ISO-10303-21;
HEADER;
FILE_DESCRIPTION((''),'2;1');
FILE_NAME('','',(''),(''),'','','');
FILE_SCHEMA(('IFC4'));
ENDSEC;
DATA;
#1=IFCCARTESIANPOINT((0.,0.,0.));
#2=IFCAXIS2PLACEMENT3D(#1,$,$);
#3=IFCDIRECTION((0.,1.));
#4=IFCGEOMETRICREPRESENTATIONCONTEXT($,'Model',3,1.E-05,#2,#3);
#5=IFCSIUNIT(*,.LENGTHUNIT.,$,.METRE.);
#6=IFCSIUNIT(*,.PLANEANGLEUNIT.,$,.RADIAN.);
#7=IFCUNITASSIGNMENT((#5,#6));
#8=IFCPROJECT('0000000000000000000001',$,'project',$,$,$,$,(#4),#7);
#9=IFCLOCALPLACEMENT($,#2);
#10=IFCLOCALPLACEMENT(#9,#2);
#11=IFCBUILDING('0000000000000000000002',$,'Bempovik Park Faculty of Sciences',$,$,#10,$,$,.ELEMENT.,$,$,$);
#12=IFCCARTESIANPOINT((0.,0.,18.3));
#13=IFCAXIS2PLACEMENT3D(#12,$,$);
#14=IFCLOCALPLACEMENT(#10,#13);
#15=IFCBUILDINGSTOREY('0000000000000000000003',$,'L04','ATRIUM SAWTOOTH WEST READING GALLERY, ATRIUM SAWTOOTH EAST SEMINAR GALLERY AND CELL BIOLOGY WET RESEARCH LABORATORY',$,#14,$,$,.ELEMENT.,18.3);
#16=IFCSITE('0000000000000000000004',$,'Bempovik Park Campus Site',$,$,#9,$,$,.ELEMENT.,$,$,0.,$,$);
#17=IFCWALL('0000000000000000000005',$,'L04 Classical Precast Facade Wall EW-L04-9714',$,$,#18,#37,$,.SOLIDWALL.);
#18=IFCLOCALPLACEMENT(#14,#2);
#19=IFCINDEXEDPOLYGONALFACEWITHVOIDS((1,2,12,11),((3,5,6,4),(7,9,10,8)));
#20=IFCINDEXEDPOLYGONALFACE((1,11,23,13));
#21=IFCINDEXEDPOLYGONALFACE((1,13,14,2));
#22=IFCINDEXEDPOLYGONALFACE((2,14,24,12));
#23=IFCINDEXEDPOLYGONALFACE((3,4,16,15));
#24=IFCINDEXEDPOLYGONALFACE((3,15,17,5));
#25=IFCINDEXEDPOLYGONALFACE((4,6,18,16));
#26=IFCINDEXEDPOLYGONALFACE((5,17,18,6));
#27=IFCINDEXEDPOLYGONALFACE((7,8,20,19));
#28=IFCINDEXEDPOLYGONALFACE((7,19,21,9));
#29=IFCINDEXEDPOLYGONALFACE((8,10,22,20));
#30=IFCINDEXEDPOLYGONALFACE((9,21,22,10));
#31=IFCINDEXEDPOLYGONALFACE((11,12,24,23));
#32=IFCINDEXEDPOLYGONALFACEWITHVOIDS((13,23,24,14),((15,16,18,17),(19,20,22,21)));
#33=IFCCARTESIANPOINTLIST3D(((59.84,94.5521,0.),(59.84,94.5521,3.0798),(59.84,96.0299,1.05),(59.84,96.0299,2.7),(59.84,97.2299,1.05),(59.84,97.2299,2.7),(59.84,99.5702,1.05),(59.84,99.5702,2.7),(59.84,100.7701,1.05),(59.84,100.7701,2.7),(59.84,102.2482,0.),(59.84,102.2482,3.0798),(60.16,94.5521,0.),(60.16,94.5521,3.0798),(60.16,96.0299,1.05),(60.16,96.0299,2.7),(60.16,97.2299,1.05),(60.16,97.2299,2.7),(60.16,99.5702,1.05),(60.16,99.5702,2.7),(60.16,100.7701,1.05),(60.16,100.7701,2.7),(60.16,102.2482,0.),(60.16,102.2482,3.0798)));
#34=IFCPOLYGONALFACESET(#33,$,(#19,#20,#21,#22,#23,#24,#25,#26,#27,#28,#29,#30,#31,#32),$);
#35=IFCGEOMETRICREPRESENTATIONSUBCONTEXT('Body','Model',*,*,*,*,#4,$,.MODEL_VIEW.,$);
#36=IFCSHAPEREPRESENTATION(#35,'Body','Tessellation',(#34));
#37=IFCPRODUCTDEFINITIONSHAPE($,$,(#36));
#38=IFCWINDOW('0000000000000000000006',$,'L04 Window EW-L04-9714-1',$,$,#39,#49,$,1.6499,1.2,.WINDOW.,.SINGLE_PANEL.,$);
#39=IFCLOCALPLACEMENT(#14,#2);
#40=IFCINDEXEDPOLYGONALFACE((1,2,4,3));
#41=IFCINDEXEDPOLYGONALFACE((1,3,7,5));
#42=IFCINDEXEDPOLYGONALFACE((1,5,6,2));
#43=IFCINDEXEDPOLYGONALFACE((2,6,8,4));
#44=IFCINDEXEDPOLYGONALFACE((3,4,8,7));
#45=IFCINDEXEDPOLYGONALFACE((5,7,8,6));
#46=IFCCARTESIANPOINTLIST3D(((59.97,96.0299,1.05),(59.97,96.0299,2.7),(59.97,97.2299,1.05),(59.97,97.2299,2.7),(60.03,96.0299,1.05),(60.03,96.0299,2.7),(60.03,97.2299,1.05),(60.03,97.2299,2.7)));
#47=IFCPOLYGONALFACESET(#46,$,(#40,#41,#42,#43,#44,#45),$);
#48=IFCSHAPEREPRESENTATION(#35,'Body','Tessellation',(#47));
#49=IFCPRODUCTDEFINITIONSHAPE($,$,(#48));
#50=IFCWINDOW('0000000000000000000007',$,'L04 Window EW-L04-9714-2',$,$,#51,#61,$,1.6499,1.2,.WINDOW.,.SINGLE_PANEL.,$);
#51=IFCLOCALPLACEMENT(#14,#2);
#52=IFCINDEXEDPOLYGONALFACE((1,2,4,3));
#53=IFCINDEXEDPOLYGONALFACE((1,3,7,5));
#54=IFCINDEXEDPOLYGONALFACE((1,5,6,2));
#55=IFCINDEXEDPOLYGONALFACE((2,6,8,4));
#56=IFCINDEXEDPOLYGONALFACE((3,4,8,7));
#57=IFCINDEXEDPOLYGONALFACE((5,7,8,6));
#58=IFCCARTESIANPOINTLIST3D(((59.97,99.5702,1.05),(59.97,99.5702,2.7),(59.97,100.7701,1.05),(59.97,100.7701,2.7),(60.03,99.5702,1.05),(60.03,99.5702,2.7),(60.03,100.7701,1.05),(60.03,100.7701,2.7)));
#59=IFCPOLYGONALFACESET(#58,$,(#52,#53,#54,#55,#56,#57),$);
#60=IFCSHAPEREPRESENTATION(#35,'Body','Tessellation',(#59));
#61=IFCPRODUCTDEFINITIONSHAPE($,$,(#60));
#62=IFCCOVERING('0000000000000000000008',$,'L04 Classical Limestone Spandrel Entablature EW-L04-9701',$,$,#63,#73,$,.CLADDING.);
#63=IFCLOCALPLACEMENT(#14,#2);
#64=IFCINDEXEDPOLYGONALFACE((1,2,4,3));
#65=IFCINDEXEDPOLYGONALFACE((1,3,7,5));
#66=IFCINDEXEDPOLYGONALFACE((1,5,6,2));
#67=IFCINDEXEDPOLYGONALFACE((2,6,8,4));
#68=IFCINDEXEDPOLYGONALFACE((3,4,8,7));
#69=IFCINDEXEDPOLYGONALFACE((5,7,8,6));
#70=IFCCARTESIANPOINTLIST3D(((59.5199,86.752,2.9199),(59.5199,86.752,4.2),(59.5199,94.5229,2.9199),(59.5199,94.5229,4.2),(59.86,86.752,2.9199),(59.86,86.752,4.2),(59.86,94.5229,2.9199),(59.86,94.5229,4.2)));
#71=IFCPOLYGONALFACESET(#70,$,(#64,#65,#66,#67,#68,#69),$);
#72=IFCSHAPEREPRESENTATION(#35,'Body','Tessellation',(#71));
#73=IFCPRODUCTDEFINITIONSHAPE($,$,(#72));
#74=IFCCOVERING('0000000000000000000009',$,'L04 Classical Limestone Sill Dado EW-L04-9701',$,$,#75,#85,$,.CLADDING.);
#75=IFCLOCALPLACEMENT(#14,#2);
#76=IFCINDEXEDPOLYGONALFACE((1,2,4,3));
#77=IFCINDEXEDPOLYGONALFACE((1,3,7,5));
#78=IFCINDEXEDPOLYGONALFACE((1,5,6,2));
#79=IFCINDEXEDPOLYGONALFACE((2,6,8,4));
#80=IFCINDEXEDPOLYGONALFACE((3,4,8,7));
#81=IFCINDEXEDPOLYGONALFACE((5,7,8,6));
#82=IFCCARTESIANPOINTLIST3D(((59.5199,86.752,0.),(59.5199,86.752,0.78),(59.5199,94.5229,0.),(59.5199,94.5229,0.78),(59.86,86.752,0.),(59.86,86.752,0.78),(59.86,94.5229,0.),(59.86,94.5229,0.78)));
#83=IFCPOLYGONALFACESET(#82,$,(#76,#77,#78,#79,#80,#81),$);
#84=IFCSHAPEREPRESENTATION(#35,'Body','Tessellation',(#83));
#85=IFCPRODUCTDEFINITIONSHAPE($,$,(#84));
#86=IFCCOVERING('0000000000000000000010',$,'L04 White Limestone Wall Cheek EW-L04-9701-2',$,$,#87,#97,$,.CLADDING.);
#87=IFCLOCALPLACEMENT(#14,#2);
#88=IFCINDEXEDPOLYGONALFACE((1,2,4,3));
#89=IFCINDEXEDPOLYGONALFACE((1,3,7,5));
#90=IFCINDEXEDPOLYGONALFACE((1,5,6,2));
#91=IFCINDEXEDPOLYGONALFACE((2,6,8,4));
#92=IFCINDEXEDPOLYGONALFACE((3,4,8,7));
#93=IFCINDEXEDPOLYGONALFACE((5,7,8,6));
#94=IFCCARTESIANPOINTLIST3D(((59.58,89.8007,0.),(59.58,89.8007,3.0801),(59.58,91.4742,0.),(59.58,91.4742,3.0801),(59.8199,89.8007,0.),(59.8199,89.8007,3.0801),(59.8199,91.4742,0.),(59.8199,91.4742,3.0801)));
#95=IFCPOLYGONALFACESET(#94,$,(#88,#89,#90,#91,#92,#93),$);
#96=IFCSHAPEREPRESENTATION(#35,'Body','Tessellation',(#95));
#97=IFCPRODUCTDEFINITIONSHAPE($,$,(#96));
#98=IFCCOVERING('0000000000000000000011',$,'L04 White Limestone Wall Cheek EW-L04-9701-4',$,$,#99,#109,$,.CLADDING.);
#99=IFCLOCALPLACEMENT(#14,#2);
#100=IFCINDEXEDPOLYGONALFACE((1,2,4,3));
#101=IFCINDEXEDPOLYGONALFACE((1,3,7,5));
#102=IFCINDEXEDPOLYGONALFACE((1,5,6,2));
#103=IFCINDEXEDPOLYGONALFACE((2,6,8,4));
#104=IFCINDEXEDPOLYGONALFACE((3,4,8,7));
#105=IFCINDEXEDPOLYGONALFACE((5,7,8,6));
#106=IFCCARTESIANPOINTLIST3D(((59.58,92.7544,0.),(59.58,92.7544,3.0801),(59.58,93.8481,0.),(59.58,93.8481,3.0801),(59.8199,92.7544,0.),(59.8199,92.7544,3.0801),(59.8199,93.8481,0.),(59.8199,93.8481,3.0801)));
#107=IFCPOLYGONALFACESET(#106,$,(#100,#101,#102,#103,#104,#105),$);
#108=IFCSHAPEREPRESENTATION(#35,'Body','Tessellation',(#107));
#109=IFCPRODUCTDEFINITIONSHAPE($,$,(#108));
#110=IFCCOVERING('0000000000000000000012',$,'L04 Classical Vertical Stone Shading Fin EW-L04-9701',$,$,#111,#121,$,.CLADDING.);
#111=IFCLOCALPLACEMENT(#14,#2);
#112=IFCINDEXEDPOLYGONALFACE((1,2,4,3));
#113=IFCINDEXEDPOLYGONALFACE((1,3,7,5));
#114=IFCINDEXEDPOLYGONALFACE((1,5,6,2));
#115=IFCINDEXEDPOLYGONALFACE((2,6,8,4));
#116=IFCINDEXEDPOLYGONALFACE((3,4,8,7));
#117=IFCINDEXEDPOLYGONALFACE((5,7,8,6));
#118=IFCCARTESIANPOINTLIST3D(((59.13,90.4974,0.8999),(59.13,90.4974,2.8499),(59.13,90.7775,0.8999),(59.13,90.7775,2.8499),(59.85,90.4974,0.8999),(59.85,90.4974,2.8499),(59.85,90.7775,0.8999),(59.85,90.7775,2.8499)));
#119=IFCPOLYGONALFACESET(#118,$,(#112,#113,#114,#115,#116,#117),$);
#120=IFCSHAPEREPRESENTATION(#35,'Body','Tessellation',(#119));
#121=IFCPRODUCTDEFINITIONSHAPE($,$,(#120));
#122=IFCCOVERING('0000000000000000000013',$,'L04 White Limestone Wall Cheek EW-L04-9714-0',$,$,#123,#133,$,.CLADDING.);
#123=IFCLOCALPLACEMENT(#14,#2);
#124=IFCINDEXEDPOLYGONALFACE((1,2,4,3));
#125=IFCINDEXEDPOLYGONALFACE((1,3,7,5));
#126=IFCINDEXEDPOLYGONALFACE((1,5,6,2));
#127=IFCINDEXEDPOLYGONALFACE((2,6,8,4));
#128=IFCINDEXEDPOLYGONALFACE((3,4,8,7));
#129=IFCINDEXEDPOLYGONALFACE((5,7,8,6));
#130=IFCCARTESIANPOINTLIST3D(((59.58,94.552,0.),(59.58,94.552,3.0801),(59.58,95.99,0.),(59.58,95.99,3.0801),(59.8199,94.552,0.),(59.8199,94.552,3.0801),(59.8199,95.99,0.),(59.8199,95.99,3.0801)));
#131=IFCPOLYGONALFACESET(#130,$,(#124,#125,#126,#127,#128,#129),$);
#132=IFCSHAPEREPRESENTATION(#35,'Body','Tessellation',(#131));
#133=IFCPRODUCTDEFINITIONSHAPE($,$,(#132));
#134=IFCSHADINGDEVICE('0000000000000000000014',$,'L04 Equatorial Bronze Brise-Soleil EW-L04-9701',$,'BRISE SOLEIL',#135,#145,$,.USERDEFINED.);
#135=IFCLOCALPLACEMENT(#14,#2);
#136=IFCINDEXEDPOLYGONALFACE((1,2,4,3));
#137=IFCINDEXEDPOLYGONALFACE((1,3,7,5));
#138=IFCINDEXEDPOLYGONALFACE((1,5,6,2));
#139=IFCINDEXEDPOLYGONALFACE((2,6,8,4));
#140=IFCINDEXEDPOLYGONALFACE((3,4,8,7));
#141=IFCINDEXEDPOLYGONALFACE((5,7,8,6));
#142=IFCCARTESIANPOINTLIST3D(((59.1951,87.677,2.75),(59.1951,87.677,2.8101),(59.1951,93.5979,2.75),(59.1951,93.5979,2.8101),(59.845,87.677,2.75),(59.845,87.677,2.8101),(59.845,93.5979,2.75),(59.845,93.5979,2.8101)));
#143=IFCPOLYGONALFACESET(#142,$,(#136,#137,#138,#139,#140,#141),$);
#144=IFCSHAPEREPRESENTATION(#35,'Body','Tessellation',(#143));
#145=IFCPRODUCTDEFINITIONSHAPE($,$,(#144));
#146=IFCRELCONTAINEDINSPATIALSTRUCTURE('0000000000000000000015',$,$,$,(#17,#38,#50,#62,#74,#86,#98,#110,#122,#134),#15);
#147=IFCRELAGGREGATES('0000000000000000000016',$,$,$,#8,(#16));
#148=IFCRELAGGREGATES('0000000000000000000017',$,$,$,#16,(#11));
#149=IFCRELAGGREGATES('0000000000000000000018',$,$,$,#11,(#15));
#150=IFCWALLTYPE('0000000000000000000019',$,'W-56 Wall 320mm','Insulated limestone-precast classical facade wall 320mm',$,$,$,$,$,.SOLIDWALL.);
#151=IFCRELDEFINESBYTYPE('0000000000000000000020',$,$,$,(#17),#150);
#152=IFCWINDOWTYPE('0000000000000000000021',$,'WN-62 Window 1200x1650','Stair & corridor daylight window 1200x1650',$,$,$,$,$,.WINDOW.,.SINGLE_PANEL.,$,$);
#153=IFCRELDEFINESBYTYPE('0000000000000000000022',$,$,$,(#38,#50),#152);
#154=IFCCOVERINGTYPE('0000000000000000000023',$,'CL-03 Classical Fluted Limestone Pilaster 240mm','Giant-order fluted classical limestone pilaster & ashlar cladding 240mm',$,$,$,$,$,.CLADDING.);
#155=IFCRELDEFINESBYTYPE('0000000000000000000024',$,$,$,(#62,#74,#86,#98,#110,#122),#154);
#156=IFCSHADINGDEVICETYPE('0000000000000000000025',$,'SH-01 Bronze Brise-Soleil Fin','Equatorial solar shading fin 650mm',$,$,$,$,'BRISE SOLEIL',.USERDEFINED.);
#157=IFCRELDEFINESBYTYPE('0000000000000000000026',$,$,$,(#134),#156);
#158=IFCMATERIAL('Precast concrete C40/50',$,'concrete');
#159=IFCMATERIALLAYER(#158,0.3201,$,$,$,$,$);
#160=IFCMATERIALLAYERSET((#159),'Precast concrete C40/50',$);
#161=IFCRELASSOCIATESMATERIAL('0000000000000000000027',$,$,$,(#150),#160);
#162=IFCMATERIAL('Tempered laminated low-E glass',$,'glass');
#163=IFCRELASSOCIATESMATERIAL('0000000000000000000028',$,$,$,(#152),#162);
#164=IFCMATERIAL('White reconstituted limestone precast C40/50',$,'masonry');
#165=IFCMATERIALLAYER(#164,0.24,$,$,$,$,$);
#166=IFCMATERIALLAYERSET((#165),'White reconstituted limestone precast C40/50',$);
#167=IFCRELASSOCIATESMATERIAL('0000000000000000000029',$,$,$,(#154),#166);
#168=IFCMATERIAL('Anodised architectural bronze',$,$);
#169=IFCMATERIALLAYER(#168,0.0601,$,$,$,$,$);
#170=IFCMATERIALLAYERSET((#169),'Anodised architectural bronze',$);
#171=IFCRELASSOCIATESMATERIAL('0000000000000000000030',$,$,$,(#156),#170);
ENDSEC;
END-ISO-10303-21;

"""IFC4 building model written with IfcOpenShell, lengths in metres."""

from ifc_helpers import new_model, si_unit, direction, frame, frame_2d, origin, origin_2d, place, context, subcontext, project, spatial, rectangle, extrude, material, layer, layer_set, type_object, element, fill, save


model = new_model("IFC4")

# Units and contexts
model_context = context("Model", 3, precision=1e-05, world=origin(), true_north=direction((0.0, 1.0)))
body_context = subcontext(model_context, "Body", "Model", "MODEL_VIEW")
ifc_project = project(units=[si_unit("LENGTHUNIT", "METRE"), si_unit("PLANEANGLEUNIT", "RADIAN")], contexts=[model_context])

# Site, building, storey
site_placement = place(None, origin())
site = spatial("IfcSite", under=ifc_project, at=site_placement, Name="Bempovik Park Campus Site", CompositionType="ELEMENT", RefElevation=0.0)
building_placement = place(site_placement, origin())
building = spatial("IfcBuilding", under=site, at=building_placement, Name="Bempovik Park Faculty of Sciences", CompositionType="ELEMENT")
storey_placement = place(building_placement, frame((0.0, 0.0, 18.3)))
storey = spatial("IfcBuildingStorey", under=building, at=storey_placement, Name="L04", Description="ATRIUM SAWTOOTH WEST READING GALLERY, ATRIUM SAWTOOTH EAST SEMINAR GALLERY AND CELL BIOLOGY WET RESEARCH LABORATORY", CompositionType="ELEMENT", Elevation=18.3)

# Wall, openings, windows
ifc_material_1 = material(Name="Precast concrete C40/50", Category="concrete")
ifc_layer_1 = layer(ifc_material_1, 0.3201)
ifc_layer_set_1 = layer_set([ifc_layer_1], Name="Precast concrete C40/50")
wall_type_1 = type_object("IfcWallType", Name="W-56 Wall 320mm", Description="Insulated limestone-precast classical facade wall 320mm", PredefinedType="SOLIDWALL", material=ifc_layer_set_1)
wall_1_placement = place(storey_placement, frame((60.0, 94.552, 0.0), z_axis=(0.0, 0.0, 1.0), x_axis=(0.0, 1.0, 0.0)))
wall_1 = element("IfcWall", 1, at=wall_1_placement, inside=storey, type_object=wall_type_1, Name="L04 Classical Precast Facade Wall EW-L04-9714", PredefinedType="SOLIDWALL", context=body_context, shape_type="SweptSolid", body=[
    extrude(rectangle(XDim=7.696, YDim=0.3201, at=frame_2d((3.8481, 0.0))), origin(), (0.0, 0.0, 1.0), 3.0798),
])
opening_1_placement = place(wall_1_placement, frame((1.4778, 0.0, 1.05)))
opening_1 = element("IfcOpeningElement", 2, at=opening_1_placement, cuts=wall_1, PredefinedType="OPENING", context=body_context, shape_type="SweptSolid", body=[
    extrude(rectangle(XDim=1.2, YDim=1.6499, at=frame_2d((0.6001, 0.825))), frame((0.0, 0.1699, 0.0), z_axis=(0.0, -1.0, 0.0), x_axis=(1.0, 0.0, 0.0)), (0.0, 0.0, 1.0), 0.3401),
])
opening_2_placement = place(wall_1_placement, frame((5.0181, 0.0, 1.05)))
opening_2 = element("IfcOpeningElement", 3, at=opening_2_placement, cuts=wall_1, PredefinedType="OPENING", context=body_context, shape_type="SweptSolid", body=[
    extrude(rectangle(XDim=1.2, YDim=1.6499, at=frame_2d((0.6001, 0.825))), frame((0.0, 0.1699, 0.0), z_axis=(0.0, -1.0, 0.0), x_axis=(1.0, 0.0, 0.0)), (0.0, 0.0, 1.0), 0.3401),
])
ifc_material_2 = material(Name="Tempered laminated low-E glass", Category="glass")
window_type = type_object("IfcWindowType", Name="WN-62 Window 1200x1650", Description="Stair & corridor daylight window 1200x1650", PartitioningType="SINGLE_PANEL", PredefinedType="WINDOW", material=ifc_material_2)
window_1_placement = place(opening_1_placement, origin())
window_1 = element("IfcWindow", 4, at=window_1_placement, inside=storey, type_object=window_type, Name="L04 Window EW-L04-9714-1", OverallHeight=1.6499, OverallWidth=1.2, PartitioningType="SINGLE_PANEL", PredefinedType="WINDOW", context=body_context, shape_type="SweptSolid", body=[
    extrude(rectangle(XDim=1.2, YDim=1.6499, at=frame_2d((0.6001, 0.825))), frame((0.0, 0.03, 0.0), z_axis=(0.0, -1.0, 0.0), x_axis=(1.0, 0.0, 0.0)), (0.0, 0.0, 1.0), 0.0601),
])
fill(opening_1, window_1)
window_2_placement = place(opening_2_placement, origin())
window_2 = element("IfcWindow", 5, at=window_2_placement, inside=storey, type_object=window_type, Name="L04 Window EW-L04-9714-2", OverallHeight=1.6499, OverallWidth=1.2, PartitioningType="SINGLE_PANEL", PredefinedType="WINDOW", context=body_context, shape_type="SweptSolid", body=[
    extrude(rectangle(XDim=1.2, YDim=1.6499, at=frame_2d((0.6001, 0.825))), frame((0.0, 0.03, 0.0), z_axis=(0.0, -1.0, 0.0), x_axis=(1.0, 0.0, 0.0)), (0.0, 0.0, 1.0), 0.0601),
])
fill(opening_2, window_2)

# Coverings
ifc_material_3 = material(Name="White reconstituted limestone precast C40/50", Category="masonry")
ifc_layer_2 = layer(ifc_material_3, 0.24)
ifc_layer_set_2 = layer_set([ifc_layer_2], Name="White reconstituted limestone precast C40/50")
covering_type = type_object("IfcCoveringType", Name="CL-03 Classical Fluted Limestone Pilaster 240mm", Description="Giant-order fluted classical limestone pilaster & ashlar cladding 240mm", PredefinedType="CLADDING", material=ifc_layer_set_2)
covering_1_placement = place(storey_placement, frame((59.6899, 90.6375, 2.9199), z_axis=(0.0, 0.0, 1.0), x_axis=(1.0, 0.0, 0.0)))
element("IfcCovering", 6, at=covering_1_placement, inside=storey, type_object=covering_type, Name="L04 Classical Limestone Spandrel Entablature EW-L04-9701", PredefinedType="CLADDING", context=body_context, shape_type="SweptSolid", body=[
    extrude(rectangle(XDim=0.3401, YDim=7.771, at=origin_2d()), origin(), (0.0, 0.0, 1.0), 1.28),
])
covering_2_placement = place(storey_placement, frame((59.6899, 90.6375, 0.0), z_axis=(0.0, 0.0, 1.0), x_axis=(1.0, 0.0, 0.0)))
element("IfcCovering", 7, at=covering_2_placement, inside=storey, type_object=covering_type, Name="L04 Classical Limestone Sill Dado EW-L04-9701", PredefinedType="CLADDING", context=body_context, shape_type="SweptSolid", body=[
    extrude(rectangle(XDim=0.3401, YDim=7.771, at=origin_2d()), origin(), (0.0, 0.0, 1.0), 0.78),
])
covering_3_placement = place(storey_placement, frame((59.7, 90.6375, 0.0), z_axis=(0.0, 0.0, 1.0), x_axis=(1.0, 0.0, 0.0)))
element("IfcCovering", 8, at=covering_3_placement, inside=storey, type_object=covering_type, Name="L04 White Limestone Wall Cheek EW-L04-9701-2", PredefinedType="CLADDING", context=body_context, shape_type="SweptSolid", body=[
    extrude(rectangle(XDim=0.24, YDim=1.6736, at=origin_2d()), origin(), (0.0, 0.0, 1.0), 3.0801),
])
covering_4_placement = place(storey_placement, frame((59.7, 93.3013, 0.0), z_axis=(0.0, 0.0, 1.0), x_axis=(1.0, 0.0, 0.0)))
element("IfcCovering", 9, at=covering_4_placement, inside=storey, type_object=covering_type, Name="L04 White Limestone Wall Cheek EW-L04-9701-4", PredefinedType="CLADDING", context=body_context, shape_type="SweptSolid", body=[
    extrude(rectangle(XDim=0.24, YDim=1.0938, at=origin_2d()), origin(), (0.0, 0.0, 1.0), 3.0801),
])
covering_5_placement = place(storey_placement, frame((59.49, 90.6375, 0.8999), z_axis=(0.0, 0.0, 1.0), x_axis=(1.0, 0.0, 0.0)))
element("IfcCovering", 10, at=covering_5_placement, inside=storey, type_object=covering_type, Name="L04 Classical Vertical Stone Shading Fin EW-L04-9701", PredefinedType="CLADDING", context=body_context, shape_type="SweptSolid", body=[
    extrude(rectangle(XDim=0.72, YDim=0.28, at=origin_2d()), origin(), (0.0, 0.0, 1.0), 1.95),
])
covering_6_placement = place(storey_placement, frame((59.7, 95.271, 0.0), z_axis=(0.0, 0.0, 1.0), x_axis=(1.0, 0.0, 0.0)))
element("IfcCovering", 11, at=covering_6_placement, inside=storey, type_object=covering_type, Name="L04 White Limestone Wall Cheek EW-L04-9714-0", PredefinedType="CLADDING", context=body_context, shape_type="SweptSolid", body=[
    extrude(rectangle(XDim=0.24, YDim=1.438, at=origin_2d()), origin(), (0.0, 0.0, 1.0), 3.0801),
])

# Shading device
ifc_material_4 = material(Name="Anodised architectural bronze")
ifc_layer_3 = layer(ifc_material_4, 0.0601)
ifc_layer_set_3 = layer_set([ifc_layer_3], Name="Anodised architectural bronze")
shading_device_type = type_object("IfcShadingDeviceType", Name="SH-01 Bronze Brise-Soleil Fin", Description="Equatorial solar shading fin 650mm", ElementType="BRISE SOLEIL", PredefinedType="USERDEFINED", material=ifc_layer_set_3)
shading_device_placement = place(storey_placement, frame((59.52, 90.6375, 2.75), z_axis=(0.0, 0.0, 1.0), x_axis=(1.0, 0.0, 0.0)))
element("IfcShadingDevice", 12, at=shading_device_placement, inside=storey, type_object=shading_device_type, Name="L04 Equatorial Bronze Brise-Soleil EW-L04-9701", ObjectType="BRISE SOLEIL", PredefinedType="USERDEFINED", context=body_context, shape_type="SweptSolid", body=[
    extrude(rectangle(XDim=0.6499, YDim=5.9209, at=origin_2d()), origin(), (0.0, 0.0, 1.0), 0.0601),
])

save(model, "model.ifc")
